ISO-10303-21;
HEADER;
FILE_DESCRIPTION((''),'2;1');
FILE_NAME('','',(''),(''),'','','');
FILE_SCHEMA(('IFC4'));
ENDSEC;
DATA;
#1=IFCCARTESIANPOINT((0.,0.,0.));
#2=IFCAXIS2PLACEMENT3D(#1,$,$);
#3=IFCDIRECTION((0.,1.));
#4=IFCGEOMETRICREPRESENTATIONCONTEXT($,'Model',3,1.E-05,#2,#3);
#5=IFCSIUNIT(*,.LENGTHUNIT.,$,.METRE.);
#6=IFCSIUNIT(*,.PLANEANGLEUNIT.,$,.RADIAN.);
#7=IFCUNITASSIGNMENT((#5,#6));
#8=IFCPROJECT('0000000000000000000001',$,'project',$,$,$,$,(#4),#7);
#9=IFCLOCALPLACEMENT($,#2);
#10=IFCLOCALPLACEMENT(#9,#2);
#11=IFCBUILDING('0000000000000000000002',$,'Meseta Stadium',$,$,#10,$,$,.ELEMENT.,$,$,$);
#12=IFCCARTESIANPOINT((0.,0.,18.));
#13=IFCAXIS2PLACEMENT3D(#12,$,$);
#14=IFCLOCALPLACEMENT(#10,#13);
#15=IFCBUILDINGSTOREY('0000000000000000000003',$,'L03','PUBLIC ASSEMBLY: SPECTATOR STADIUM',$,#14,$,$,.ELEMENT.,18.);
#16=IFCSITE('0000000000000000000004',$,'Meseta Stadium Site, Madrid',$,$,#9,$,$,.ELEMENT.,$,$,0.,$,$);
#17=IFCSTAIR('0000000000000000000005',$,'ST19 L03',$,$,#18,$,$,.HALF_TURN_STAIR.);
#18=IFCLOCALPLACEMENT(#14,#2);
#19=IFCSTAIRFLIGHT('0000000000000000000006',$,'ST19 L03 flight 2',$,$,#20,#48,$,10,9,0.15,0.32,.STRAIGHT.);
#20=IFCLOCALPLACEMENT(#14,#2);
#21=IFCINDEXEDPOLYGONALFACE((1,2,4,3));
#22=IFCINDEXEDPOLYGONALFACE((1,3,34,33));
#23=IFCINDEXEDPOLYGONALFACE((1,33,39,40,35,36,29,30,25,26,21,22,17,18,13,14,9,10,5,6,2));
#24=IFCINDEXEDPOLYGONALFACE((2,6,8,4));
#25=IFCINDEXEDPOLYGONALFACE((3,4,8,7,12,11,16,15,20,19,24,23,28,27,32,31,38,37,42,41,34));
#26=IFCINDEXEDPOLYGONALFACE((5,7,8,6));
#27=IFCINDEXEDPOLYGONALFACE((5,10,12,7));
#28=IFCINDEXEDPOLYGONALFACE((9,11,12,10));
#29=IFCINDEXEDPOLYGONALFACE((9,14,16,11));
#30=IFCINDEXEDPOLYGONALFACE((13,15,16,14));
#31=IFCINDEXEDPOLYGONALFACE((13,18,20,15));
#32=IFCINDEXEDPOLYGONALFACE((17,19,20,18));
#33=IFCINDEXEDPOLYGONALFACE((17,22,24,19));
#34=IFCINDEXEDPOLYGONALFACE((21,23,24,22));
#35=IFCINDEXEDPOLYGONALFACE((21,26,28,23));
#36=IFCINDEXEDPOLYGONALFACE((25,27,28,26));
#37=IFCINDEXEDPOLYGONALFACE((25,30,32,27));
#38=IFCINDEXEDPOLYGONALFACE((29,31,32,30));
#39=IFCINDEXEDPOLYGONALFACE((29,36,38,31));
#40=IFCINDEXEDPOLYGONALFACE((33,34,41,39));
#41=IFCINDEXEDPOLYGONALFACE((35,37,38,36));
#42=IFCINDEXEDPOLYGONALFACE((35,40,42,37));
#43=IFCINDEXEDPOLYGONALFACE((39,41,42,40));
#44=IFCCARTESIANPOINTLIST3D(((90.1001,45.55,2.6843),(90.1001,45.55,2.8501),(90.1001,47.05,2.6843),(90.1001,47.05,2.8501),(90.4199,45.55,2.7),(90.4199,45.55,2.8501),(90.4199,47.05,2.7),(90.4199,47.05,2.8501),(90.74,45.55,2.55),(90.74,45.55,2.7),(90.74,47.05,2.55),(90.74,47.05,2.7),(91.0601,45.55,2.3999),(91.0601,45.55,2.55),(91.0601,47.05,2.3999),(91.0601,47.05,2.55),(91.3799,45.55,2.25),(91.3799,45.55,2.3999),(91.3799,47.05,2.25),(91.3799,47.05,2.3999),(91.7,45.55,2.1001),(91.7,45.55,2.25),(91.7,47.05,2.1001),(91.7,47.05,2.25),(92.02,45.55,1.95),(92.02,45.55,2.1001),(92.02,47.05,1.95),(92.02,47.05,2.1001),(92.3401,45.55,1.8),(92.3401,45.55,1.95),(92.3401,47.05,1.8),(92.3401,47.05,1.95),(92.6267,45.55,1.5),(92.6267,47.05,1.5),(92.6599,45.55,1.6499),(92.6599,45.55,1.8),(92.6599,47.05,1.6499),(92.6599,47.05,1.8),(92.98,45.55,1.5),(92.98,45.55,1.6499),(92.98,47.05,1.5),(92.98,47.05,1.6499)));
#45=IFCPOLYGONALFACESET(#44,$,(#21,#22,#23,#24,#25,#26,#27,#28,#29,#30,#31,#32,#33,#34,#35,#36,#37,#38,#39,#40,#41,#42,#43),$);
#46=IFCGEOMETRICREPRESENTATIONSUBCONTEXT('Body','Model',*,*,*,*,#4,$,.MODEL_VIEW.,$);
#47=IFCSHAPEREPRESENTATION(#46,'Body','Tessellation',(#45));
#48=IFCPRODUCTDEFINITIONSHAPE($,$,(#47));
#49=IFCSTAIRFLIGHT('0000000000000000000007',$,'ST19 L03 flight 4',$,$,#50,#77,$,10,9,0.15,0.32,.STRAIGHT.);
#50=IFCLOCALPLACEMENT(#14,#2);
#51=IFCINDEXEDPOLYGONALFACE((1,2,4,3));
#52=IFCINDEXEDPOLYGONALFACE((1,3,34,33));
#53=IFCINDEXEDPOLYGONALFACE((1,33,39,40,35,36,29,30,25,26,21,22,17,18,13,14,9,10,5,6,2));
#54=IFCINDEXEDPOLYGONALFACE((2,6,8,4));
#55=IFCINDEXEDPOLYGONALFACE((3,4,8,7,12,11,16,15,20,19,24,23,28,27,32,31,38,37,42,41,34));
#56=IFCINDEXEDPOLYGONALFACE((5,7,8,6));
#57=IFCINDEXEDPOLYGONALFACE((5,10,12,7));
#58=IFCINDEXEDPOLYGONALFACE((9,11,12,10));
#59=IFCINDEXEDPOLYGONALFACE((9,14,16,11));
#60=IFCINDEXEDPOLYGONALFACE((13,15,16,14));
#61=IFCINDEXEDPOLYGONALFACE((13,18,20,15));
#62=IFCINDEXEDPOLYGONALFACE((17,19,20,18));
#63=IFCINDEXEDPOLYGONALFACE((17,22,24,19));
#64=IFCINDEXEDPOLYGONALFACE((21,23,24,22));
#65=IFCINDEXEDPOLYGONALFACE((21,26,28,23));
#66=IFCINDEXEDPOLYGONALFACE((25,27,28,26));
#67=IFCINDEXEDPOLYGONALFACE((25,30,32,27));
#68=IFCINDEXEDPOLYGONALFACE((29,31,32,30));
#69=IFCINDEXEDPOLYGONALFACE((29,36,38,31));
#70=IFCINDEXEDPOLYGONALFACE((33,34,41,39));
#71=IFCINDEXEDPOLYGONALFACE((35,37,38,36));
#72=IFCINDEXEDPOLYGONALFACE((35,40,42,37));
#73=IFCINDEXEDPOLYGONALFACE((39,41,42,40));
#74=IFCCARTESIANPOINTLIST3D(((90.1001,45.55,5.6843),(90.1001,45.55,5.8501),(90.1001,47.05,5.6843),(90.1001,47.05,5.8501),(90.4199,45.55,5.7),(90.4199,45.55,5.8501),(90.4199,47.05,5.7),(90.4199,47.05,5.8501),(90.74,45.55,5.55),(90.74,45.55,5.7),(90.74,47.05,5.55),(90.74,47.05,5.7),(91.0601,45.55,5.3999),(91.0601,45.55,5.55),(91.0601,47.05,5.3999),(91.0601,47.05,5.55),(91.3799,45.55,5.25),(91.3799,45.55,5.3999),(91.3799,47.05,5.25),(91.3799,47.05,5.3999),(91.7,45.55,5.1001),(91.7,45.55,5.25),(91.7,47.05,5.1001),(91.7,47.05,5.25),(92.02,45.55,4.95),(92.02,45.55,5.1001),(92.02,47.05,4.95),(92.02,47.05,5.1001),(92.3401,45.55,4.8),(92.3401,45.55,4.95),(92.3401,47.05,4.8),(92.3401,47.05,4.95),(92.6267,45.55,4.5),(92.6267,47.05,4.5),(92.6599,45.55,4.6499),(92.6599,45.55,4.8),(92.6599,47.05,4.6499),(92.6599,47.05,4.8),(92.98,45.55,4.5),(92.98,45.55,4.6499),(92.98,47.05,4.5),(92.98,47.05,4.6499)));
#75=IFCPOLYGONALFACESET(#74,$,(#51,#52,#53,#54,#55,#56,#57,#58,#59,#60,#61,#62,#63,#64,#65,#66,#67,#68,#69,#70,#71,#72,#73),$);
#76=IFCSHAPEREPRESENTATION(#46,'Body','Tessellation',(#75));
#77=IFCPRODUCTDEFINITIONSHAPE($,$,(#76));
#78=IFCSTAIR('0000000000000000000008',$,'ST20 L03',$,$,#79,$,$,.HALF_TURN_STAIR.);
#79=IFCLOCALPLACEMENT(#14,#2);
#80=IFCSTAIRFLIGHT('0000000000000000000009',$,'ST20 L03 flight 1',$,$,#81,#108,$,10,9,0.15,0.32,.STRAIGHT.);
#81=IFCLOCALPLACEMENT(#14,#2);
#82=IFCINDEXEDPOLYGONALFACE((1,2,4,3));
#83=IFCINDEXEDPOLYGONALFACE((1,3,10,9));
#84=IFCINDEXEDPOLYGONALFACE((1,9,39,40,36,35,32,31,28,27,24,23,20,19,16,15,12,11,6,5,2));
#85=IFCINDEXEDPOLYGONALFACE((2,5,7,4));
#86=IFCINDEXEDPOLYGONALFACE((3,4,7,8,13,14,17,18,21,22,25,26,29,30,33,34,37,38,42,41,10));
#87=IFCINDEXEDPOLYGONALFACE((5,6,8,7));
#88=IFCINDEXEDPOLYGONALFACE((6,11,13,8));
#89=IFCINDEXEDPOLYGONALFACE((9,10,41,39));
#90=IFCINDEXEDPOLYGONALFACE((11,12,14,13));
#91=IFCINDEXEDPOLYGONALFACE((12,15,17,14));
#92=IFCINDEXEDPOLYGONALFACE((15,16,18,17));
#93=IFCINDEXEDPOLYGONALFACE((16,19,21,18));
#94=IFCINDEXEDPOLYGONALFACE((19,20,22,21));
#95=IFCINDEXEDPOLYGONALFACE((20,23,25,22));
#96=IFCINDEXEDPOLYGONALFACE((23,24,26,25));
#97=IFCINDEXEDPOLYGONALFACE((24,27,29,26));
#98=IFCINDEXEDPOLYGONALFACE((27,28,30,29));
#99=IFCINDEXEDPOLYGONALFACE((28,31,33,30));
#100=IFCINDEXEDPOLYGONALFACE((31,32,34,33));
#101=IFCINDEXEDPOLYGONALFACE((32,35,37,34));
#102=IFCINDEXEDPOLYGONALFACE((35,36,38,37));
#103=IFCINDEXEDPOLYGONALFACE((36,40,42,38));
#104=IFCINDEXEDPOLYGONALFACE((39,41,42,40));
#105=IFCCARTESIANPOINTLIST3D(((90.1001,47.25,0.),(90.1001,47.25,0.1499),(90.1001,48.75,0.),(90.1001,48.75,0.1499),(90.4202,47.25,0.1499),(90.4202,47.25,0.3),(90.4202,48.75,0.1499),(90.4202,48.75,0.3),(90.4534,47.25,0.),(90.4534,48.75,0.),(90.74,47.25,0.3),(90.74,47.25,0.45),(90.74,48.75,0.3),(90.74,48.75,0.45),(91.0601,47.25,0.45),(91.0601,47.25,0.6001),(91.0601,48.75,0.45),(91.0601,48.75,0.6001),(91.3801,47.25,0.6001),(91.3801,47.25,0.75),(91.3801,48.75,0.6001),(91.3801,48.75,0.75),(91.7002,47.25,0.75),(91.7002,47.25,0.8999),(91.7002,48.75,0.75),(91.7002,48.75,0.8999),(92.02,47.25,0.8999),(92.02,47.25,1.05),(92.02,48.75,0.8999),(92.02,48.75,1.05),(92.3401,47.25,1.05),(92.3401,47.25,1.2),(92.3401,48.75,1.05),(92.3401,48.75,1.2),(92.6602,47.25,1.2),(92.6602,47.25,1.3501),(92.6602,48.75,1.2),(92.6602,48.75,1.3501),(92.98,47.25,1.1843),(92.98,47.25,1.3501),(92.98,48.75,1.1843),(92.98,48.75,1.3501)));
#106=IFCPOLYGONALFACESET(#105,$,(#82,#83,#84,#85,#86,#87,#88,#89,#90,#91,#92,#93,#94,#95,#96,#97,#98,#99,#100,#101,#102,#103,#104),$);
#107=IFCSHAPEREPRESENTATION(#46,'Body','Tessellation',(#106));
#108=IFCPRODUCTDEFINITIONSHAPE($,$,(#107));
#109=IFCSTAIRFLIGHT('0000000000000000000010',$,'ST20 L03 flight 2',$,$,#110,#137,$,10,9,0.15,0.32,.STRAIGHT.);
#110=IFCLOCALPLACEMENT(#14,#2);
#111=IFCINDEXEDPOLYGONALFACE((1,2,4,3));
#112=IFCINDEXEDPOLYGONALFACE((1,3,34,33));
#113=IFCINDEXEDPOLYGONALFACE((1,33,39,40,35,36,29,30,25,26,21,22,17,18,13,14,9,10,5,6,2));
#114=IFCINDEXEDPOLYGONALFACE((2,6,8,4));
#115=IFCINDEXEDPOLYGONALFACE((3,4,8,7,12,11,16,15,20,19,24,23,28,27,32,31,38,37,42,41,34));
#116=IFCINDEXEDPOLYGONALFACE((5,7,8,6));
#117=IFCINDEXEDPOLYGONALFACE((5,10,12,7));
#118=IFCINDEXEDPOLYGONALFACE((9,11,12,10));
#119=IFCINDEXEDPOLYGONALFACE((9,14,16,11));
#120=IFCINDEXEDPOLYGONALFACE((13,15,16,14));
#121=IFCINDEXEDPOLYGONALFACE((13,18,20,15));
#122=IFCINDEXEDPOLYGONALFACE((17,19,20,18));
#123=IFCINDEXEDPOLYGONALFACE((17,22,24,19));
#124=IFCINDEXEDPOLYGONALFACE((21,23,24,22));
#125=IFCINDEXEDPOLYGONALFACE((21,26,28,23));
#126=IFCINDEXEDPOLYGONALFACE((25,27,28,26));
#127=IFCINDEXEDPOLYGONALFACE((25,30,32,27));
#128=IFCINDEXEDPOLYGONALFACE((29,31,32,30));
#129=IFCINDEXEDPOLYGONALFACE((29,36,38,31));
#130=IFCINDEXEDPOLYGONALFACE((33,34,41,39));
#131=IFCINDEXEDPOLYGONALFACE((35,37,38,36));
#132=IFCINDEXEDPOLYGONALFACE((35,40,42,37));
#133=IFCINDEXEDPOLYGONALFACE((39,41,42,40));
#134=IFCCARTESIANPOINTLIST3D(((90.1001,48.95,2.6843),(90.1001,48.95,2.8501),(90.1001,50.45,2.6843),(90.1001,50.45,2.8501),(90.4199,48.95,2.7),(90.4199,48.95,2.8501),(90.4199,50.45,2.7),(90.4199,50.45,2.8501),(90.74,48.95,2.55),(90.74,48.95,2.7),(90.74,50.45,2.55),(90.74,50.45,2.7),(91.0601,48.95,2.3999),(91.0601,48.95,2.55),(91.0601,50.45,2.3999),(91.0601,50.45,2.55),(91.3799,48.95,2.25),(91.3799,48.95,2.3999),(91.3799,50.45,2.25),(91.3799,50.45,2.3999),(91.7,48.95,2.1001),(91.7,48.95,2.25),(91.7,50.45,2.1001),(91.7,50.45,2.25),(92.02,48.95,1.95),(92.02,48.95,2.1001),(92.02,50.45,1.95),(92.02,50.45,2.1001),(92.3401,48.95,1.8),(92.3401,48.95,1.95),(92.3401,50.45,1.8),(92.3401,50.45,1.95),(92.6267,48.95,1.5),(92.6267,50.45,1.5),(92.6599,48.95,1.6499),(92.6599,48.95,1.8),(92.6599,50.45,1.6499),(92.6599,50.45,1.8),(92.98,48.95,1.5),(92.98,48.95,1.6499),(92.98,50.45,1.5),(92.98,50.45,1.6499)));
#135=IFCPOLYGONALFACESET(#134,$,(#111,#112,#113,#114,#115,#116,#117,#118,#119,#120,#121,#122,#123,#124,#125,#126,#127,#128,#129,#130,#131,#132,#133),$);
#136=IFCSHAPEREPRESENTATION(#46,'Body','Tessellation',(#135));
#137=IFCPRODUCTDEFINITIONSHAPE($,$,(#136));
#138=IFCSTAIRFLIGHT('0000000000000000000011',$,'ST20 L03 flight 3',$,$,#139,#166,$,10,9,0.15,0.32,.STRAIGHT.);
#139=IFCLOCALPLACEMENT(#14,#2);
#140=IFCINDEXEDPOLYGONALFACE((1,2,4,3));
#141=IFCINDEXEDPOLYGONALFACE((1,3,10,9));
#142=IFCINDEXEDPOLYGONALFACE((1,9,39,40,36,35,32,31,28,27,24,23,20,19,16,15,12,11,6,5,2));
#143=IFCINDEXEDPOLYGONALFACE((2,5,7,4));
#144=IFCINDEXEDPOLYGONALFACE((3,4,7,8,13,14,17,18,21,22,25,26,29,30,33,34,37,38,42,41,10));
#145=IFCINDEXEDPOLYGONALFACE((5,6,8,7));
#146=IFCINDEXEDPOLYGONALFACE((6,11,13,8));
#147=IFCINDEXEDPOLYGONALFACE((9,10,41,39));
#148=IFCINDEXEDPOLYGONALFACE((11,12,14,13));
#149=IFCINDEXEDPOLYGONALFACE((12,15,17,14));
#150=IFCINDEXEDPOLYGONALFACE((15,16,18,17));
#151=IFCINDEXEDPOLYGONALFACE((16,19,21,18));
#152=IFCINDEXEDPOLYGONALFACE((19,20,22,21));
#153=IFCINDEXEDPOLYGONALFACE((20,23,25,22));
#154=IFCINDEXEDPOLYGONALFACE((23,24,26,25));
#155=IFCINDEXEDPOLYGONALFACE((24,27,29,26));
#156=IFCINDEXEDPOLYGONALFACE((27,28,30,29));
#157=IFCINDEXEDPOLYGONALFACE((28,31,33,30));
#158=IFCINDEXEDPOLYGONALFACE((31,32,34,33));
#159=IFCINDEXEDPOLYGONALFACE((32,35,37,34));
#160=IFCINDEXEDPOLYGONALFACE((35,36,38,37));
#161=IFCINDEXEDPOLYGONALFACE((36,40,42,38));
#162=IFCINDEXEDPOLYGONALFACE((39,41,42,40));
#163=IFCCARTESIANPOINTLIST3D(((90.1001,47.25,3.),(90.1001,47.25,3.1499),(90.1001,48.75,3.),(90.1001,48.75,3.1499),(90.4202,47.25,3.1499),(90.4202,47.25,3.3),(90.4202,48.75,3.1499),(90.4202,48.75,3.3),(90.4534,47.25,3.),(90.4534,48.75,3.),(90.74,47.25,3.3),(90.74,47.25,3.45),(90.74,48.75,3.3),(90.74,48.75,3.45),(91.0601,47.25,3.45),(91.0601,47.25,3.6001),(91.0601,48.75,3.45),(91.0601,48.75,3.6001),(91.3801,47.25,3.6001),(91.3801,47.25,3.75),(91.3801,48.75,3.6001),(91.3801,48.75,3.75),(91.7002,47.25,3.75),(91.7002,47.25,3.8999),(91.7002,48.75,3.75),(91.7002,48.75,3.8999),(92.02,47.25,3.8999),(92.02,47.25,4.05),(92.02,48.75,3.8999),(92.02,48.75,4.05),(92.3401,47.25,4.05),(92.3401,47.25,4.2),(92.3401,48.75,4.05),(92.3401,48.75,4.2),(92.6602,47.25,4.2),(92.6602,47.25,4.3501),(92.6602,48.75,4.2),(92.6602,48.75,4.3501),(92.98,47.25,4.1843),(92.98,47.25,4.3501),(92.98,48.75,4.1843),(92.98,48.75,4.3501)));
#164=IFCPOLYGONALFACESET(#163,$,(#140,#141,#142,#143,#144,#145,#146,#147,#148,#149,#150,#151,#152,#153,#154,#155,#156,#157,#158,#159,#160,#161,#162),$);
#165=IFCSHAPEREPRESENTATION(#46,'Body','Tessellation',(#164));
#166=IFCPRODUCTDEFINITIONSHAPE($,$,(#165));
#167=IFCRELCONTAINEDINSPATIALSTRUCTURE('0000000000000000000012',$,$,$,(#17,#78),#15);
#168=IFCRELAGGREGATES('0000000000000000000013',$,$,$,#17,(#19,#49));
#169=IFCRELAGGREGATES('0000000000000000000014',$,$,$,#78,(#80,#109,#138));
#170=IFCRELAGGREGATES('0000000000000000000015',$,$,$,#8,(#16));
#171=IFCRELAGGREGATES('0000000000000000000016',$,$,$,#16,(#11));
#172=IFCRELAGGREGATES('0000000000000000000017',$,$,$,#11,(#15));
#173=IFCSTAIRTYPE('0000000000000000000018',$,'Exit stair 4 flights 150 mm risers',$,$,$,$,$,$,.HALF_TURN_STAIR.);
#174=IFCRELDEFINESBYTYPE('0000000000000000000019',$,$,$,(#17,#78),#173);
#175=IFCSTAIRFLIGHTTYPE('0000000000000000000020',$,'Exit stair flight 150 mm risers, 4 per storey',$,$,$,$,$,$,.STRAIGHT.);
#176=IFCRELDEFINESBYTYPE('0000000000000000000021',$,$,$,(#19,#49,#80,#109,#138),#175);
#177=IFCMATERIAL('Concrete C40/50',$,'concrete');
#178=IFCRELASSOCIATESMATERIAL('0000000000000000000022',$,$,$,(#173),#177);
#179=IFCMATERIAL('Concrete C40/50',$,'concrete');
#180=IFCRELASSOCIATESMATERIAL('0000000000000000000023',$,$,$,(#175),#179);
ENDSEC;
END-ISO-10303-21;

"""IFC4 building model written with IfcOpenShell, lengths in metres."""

from ifc_helpers import new_model, si_unit, direction, frame, origin, place, context, subcontext, project, spatial, polyline, outline, extrude, material, type_object, element, aggregate, save


model = new_model("IFC4")

# Units and contexts
model_context = context("Model", 3, precision=1e-05, world=origin(), true_north=direction((0.0, 1.0)))
body_context = subcontext(model_context, "Body", "Model", "MODEL_VIEW")
ifc_project = project(units=[si_unit("LENGTHUNIT", "METRE"), si_unit("PLANEANGLEUNIT", "RADIAN")], contexts=[model_context])

# Site, building, storey
site_placement = place(None, origin())
site = spatial("IfcSite", under=ifc_project, at=site_placement, Name="Meseta Stadium Site, Madrid", CompositionType="ELEMENT", RefElevation=0.0)
building_placement = place(site_placement, origin())
building = spatial("IfcBuilding", under=site, at=building_placement, Name="Meseta Stadium", CompositionType="ELEMENT")
storey_placement = place(building_placement, frame((0.0, 0.0, 18.0)))
storey = spatial("IfcBuildingStorey", under=building, at=storey_placement, Name="L03", Description="PUBLIC ASSEMBLY: SPECTATOR STADIUM", CompositionType="ELEMENT", Elevation=18.0)

# Stairs, stair flights
ifc_material_1 = material(Name="Concrete C40/50", Category="concrete")
stair_type = type_object("IfcStairType", Name="Exit stair 4 flights 150 mm risers", PredefinedType="HALF_TURN_STAIR", material=ifc_material_1)
stair_1_placement = place(storey_placement, origin())
stair_1 = element("IfcStair", 1, at=stair_1_placement, inside=storey, type_object=stair_type, Name="ST19 L03", PredefinedType="HALF_TURN_STAIR")
ifc_material_2 = material(Name="Concrete C40/50", Category="concrete")
stair_flight_type = type_object("IfcStairFlightType", Name="Exit stair flight 150 mm risers, 4 per storey", PredefinedType="STRAIGHT", material=ifc_material_2)
stair_flight_1_placement = place(storey_placement, frame((92.98, 46.3, 1.5), z_axis=(0.0, 0.0, 1.0), x_axis=(-1.0, 0.0, 0.0)))
stair_flight_1 = element("IfcStairFlight", 2, at=stair_flight_1_placement, type_object=stair_flight_type, Name="ST19 L03 flight 2", NumberOfRisers=10, NumberOfTreads=9, PredefinedType="STRAIGHT", RiserHeight=0.15, TreadLength=0.32, context=body_context, shape_type="SweptSolid", body=[
    extrude(outline(polyline([(0.0, 0.0), (0.0, 0.1499), (0.3201, 0.1499), (0.3201, 0.3), (0.6399, 0.3), (0.6399, 0.45), (0.96, 0.45), (0.96, 0.6001), (1.28, 0.6001), (1.28, 0.75), (1.6001, 0.75), (1.6001, 0.8999), (1.9199, 0.8999), (1.9199, 1.05), (2.24, 1.05), (2.24, 1.2), (2.5601, 1.2), (2.5601, 1.3501), (2.8799, 1.3501), (2.8799, 1.1843), (0.3533, 0.0), (0.0, 0.0)])), frame((0.0, 0.75, 0.0), z_axis=(0.0, -1.0, 0.0), x_axis=(1.0, 0.0, 0.0)), (0.0, 0.0, 1.0), 1.5),
])
stair_flight_2_placement = place(storey_placement, frame((92.98, 46.3, 4.5), z_axis=(0.0, 0.0, 1.0), x_axis=(-1.0, 0.0, 0.0)))
stair_flight_2 = element("IfcStairFlight", 3, at=stair_flight_2_placement, type_object=stair_flight_type, Name="ST19 L03 flight 4", NumberOfRisers=10, NumberOfTreads=9, PredefinedType="STRAIGHT", RiserHeight=0.15, TreadLength=0.32, context=body_context, shape_type="SweptSolid", body=[
    extrude(outline(polyline([(0.0, 0.0), (0.0, 0.1499), (0.3201, 0.1499), (0.3201, 0.3), (0.6399, 0.3), (0.6399, 0.45), (0.96, 0.45), (0.96, 0.6001), (1.28, 0.6001), (1.28, 0.75), (1.6001, 0.75), (1.6001, 0.8999), (1.9199, 0.8999), (1.9199, 1.05), (2.24, 1.05), (2.24, 1.2), (2.5601, 1.2), (2.5601, 1.3501), (2.8799, 1.3501), (2.8799, 1.1843), (0.3533, 0.0), (0.0, 0.0)])), frame((0.0, 0.75, 0.0), z_axis=(0.0, -1.0, 0.0), x_axis=(1.0, 0.0, 0.0)), (0.0, 0.0, 1.0), 1.5),
])
aggregate(stair_1, [stair_flight_1, stair_flight_2])
stair_2_placement = place(storey_placement, origin())
stair_2 = element("IfcStair", 4, at=stair_2_placement, inside=storey, type_object=stair_type, Name="ST20 L03", PredefinedType="HALF_TURN_STAIR")
stair_flight_3_placement = place(storey_placement, frame((90.1001, 48.0, 0.0), z_axis=(0.0, 0.0, 1.0), x_axis=(1.0, 0.0, 0.0)))
stair_flight_3 = element("IfcStairFlight", 5, at=stair_flight_3_placement, type_object=stair_flight_type, Name="ST20 L03 flight 1", NumberOfRisers=10, NumberOfTreads=9, PredefinedType="STRAIGHT", RiserHeight=0.15, TreadLength=0.32, context=body_context, shape_type="SweptSolid", body=[
    extrude(outline(polyline([(0.0, 0.0), (0.0, 0.1499), (0.3201, 0.1499), (0.3201, 0.3), (0.6399, 0.3), (0.6399, 0.45), (0.96, 0.45), (0.96, 0.6001), (1.28, 0.6001), (1.28, 0.75), (1.6001, 0.75), (1.6001, 0.8999), (1.9199, 0.8999), (1.9199, 1.05), (2.24, 1.05), (2.24, 1.2), (2.5601, 1.2), (2.5601, 1.3501), (2.8799, 1.3501), (2.8799, 1.1843), (0.3533, 0.0), (0.0, 0.0)])), frame((0.0, 0.75, 0.0), z_axis=(0.0, -1.0, 0.0), x_axis=(1.0, 0.0, 0.0)), (0.0, 0.0, 1.0), 1.5),
])
stair_flight_4_placement = place(storey_placement, frame((92.98, 49.7, 1.5), z_axis=(0.0, 0.0, 1.0), x_axis=(-1.0, 0.0, 0.0)))
stair_flight_4 = element("IfcStairFlight", 6, at=stair_flight_4_placement, type_object=stair_flight_type, Name="ST20 L03 flight 2", NumberOfRisers=10, NumberOfTreads=9, PredefinedType="STRAIGHT", RiserHeight=0.15, TreadLength=0.32, context=body_context, shape_type="SweptSolid", body=[
    extrude(outline(polyline([(0.0, 0.0), (0.0, 0.1499), (0.3201, 0.1499), (0.3201, 0.3), (0.6399, 0.3), (0.6399, 0.45), (0.96, 0.45), (0.96, 0.6001), (1.28, 0.6001), (1.28, 0.75), (1.6001, 0.75), (1.6001, 0.8999), (1.9199, 0.8999), (1.9199, 1.05), (2.24, 1.05), (2.24, 1.2), (2.5601, 1.2), (2.5601, 1.3501), (2.8799, 1.3501), (2.8799, 1.1843), (0.3533, 0.0), (0.0, 0.0)])), frame((0.0, 0.75, 0.0), z_axis=(0.0, -1.0, 0.0), x_axis=(1.0, 0.0, 0.0)), (0.0, 0.0, 1.0), 1.5),
])
stair_flight_5_placement = place(storey_placement, frame((90.1001, 48.0, 3.0), z_axis=(0.0, 0.0, 1.0), x_axis=(1.0, 0.0, 0.0)))
stair_flight_5 = element("IfcStairFlight", 7, at=stair_flight_5_placement, type_object=stair_flight_type, Name="ST20 L03 flight 3", NumberOfRisers=10, NumberOfTreads=9, PredefinedType="STRAIGHT", RiserHeight=0.15, TreadLength=0.32, context=body_context, shape_type="SweptSolid", body=[
    extrude(outline(polyline([(0.0, 0.0), (0.0, 0.1499), (0.3201, 0.1499), (0.3201, 0.3), (0.6399, 0.3), (0.6399, 0.45), (0.96, 0.45), (0.96, 0.6001), (1.28, 0.6001), (1.28, 0.75), (1.6001, 0.75), (1.6001, 0.8999), (1.9199, 0.8999), (1.9199, 1.05), (2.24, 1.05), (2.24, 1.2), (2.5601, 1.2), (2.5601, 1.3501), (2.8799, 1.3501), (2.8799, 1.1843), (0.3533, 0.0), (0.0, 0.0)])), frame((0.0, 0.75, 0.0), z_axis=(0.0, -1.0, 0.0), x_axis=(1.0, 0.0, 0.0)), (0.0, 0.0, 1.0), 1.5),
])
aggregate(stair_2, [stair_flight_3, stair_flight_4, stair_flight_5])

save(model, "model.ifc")
